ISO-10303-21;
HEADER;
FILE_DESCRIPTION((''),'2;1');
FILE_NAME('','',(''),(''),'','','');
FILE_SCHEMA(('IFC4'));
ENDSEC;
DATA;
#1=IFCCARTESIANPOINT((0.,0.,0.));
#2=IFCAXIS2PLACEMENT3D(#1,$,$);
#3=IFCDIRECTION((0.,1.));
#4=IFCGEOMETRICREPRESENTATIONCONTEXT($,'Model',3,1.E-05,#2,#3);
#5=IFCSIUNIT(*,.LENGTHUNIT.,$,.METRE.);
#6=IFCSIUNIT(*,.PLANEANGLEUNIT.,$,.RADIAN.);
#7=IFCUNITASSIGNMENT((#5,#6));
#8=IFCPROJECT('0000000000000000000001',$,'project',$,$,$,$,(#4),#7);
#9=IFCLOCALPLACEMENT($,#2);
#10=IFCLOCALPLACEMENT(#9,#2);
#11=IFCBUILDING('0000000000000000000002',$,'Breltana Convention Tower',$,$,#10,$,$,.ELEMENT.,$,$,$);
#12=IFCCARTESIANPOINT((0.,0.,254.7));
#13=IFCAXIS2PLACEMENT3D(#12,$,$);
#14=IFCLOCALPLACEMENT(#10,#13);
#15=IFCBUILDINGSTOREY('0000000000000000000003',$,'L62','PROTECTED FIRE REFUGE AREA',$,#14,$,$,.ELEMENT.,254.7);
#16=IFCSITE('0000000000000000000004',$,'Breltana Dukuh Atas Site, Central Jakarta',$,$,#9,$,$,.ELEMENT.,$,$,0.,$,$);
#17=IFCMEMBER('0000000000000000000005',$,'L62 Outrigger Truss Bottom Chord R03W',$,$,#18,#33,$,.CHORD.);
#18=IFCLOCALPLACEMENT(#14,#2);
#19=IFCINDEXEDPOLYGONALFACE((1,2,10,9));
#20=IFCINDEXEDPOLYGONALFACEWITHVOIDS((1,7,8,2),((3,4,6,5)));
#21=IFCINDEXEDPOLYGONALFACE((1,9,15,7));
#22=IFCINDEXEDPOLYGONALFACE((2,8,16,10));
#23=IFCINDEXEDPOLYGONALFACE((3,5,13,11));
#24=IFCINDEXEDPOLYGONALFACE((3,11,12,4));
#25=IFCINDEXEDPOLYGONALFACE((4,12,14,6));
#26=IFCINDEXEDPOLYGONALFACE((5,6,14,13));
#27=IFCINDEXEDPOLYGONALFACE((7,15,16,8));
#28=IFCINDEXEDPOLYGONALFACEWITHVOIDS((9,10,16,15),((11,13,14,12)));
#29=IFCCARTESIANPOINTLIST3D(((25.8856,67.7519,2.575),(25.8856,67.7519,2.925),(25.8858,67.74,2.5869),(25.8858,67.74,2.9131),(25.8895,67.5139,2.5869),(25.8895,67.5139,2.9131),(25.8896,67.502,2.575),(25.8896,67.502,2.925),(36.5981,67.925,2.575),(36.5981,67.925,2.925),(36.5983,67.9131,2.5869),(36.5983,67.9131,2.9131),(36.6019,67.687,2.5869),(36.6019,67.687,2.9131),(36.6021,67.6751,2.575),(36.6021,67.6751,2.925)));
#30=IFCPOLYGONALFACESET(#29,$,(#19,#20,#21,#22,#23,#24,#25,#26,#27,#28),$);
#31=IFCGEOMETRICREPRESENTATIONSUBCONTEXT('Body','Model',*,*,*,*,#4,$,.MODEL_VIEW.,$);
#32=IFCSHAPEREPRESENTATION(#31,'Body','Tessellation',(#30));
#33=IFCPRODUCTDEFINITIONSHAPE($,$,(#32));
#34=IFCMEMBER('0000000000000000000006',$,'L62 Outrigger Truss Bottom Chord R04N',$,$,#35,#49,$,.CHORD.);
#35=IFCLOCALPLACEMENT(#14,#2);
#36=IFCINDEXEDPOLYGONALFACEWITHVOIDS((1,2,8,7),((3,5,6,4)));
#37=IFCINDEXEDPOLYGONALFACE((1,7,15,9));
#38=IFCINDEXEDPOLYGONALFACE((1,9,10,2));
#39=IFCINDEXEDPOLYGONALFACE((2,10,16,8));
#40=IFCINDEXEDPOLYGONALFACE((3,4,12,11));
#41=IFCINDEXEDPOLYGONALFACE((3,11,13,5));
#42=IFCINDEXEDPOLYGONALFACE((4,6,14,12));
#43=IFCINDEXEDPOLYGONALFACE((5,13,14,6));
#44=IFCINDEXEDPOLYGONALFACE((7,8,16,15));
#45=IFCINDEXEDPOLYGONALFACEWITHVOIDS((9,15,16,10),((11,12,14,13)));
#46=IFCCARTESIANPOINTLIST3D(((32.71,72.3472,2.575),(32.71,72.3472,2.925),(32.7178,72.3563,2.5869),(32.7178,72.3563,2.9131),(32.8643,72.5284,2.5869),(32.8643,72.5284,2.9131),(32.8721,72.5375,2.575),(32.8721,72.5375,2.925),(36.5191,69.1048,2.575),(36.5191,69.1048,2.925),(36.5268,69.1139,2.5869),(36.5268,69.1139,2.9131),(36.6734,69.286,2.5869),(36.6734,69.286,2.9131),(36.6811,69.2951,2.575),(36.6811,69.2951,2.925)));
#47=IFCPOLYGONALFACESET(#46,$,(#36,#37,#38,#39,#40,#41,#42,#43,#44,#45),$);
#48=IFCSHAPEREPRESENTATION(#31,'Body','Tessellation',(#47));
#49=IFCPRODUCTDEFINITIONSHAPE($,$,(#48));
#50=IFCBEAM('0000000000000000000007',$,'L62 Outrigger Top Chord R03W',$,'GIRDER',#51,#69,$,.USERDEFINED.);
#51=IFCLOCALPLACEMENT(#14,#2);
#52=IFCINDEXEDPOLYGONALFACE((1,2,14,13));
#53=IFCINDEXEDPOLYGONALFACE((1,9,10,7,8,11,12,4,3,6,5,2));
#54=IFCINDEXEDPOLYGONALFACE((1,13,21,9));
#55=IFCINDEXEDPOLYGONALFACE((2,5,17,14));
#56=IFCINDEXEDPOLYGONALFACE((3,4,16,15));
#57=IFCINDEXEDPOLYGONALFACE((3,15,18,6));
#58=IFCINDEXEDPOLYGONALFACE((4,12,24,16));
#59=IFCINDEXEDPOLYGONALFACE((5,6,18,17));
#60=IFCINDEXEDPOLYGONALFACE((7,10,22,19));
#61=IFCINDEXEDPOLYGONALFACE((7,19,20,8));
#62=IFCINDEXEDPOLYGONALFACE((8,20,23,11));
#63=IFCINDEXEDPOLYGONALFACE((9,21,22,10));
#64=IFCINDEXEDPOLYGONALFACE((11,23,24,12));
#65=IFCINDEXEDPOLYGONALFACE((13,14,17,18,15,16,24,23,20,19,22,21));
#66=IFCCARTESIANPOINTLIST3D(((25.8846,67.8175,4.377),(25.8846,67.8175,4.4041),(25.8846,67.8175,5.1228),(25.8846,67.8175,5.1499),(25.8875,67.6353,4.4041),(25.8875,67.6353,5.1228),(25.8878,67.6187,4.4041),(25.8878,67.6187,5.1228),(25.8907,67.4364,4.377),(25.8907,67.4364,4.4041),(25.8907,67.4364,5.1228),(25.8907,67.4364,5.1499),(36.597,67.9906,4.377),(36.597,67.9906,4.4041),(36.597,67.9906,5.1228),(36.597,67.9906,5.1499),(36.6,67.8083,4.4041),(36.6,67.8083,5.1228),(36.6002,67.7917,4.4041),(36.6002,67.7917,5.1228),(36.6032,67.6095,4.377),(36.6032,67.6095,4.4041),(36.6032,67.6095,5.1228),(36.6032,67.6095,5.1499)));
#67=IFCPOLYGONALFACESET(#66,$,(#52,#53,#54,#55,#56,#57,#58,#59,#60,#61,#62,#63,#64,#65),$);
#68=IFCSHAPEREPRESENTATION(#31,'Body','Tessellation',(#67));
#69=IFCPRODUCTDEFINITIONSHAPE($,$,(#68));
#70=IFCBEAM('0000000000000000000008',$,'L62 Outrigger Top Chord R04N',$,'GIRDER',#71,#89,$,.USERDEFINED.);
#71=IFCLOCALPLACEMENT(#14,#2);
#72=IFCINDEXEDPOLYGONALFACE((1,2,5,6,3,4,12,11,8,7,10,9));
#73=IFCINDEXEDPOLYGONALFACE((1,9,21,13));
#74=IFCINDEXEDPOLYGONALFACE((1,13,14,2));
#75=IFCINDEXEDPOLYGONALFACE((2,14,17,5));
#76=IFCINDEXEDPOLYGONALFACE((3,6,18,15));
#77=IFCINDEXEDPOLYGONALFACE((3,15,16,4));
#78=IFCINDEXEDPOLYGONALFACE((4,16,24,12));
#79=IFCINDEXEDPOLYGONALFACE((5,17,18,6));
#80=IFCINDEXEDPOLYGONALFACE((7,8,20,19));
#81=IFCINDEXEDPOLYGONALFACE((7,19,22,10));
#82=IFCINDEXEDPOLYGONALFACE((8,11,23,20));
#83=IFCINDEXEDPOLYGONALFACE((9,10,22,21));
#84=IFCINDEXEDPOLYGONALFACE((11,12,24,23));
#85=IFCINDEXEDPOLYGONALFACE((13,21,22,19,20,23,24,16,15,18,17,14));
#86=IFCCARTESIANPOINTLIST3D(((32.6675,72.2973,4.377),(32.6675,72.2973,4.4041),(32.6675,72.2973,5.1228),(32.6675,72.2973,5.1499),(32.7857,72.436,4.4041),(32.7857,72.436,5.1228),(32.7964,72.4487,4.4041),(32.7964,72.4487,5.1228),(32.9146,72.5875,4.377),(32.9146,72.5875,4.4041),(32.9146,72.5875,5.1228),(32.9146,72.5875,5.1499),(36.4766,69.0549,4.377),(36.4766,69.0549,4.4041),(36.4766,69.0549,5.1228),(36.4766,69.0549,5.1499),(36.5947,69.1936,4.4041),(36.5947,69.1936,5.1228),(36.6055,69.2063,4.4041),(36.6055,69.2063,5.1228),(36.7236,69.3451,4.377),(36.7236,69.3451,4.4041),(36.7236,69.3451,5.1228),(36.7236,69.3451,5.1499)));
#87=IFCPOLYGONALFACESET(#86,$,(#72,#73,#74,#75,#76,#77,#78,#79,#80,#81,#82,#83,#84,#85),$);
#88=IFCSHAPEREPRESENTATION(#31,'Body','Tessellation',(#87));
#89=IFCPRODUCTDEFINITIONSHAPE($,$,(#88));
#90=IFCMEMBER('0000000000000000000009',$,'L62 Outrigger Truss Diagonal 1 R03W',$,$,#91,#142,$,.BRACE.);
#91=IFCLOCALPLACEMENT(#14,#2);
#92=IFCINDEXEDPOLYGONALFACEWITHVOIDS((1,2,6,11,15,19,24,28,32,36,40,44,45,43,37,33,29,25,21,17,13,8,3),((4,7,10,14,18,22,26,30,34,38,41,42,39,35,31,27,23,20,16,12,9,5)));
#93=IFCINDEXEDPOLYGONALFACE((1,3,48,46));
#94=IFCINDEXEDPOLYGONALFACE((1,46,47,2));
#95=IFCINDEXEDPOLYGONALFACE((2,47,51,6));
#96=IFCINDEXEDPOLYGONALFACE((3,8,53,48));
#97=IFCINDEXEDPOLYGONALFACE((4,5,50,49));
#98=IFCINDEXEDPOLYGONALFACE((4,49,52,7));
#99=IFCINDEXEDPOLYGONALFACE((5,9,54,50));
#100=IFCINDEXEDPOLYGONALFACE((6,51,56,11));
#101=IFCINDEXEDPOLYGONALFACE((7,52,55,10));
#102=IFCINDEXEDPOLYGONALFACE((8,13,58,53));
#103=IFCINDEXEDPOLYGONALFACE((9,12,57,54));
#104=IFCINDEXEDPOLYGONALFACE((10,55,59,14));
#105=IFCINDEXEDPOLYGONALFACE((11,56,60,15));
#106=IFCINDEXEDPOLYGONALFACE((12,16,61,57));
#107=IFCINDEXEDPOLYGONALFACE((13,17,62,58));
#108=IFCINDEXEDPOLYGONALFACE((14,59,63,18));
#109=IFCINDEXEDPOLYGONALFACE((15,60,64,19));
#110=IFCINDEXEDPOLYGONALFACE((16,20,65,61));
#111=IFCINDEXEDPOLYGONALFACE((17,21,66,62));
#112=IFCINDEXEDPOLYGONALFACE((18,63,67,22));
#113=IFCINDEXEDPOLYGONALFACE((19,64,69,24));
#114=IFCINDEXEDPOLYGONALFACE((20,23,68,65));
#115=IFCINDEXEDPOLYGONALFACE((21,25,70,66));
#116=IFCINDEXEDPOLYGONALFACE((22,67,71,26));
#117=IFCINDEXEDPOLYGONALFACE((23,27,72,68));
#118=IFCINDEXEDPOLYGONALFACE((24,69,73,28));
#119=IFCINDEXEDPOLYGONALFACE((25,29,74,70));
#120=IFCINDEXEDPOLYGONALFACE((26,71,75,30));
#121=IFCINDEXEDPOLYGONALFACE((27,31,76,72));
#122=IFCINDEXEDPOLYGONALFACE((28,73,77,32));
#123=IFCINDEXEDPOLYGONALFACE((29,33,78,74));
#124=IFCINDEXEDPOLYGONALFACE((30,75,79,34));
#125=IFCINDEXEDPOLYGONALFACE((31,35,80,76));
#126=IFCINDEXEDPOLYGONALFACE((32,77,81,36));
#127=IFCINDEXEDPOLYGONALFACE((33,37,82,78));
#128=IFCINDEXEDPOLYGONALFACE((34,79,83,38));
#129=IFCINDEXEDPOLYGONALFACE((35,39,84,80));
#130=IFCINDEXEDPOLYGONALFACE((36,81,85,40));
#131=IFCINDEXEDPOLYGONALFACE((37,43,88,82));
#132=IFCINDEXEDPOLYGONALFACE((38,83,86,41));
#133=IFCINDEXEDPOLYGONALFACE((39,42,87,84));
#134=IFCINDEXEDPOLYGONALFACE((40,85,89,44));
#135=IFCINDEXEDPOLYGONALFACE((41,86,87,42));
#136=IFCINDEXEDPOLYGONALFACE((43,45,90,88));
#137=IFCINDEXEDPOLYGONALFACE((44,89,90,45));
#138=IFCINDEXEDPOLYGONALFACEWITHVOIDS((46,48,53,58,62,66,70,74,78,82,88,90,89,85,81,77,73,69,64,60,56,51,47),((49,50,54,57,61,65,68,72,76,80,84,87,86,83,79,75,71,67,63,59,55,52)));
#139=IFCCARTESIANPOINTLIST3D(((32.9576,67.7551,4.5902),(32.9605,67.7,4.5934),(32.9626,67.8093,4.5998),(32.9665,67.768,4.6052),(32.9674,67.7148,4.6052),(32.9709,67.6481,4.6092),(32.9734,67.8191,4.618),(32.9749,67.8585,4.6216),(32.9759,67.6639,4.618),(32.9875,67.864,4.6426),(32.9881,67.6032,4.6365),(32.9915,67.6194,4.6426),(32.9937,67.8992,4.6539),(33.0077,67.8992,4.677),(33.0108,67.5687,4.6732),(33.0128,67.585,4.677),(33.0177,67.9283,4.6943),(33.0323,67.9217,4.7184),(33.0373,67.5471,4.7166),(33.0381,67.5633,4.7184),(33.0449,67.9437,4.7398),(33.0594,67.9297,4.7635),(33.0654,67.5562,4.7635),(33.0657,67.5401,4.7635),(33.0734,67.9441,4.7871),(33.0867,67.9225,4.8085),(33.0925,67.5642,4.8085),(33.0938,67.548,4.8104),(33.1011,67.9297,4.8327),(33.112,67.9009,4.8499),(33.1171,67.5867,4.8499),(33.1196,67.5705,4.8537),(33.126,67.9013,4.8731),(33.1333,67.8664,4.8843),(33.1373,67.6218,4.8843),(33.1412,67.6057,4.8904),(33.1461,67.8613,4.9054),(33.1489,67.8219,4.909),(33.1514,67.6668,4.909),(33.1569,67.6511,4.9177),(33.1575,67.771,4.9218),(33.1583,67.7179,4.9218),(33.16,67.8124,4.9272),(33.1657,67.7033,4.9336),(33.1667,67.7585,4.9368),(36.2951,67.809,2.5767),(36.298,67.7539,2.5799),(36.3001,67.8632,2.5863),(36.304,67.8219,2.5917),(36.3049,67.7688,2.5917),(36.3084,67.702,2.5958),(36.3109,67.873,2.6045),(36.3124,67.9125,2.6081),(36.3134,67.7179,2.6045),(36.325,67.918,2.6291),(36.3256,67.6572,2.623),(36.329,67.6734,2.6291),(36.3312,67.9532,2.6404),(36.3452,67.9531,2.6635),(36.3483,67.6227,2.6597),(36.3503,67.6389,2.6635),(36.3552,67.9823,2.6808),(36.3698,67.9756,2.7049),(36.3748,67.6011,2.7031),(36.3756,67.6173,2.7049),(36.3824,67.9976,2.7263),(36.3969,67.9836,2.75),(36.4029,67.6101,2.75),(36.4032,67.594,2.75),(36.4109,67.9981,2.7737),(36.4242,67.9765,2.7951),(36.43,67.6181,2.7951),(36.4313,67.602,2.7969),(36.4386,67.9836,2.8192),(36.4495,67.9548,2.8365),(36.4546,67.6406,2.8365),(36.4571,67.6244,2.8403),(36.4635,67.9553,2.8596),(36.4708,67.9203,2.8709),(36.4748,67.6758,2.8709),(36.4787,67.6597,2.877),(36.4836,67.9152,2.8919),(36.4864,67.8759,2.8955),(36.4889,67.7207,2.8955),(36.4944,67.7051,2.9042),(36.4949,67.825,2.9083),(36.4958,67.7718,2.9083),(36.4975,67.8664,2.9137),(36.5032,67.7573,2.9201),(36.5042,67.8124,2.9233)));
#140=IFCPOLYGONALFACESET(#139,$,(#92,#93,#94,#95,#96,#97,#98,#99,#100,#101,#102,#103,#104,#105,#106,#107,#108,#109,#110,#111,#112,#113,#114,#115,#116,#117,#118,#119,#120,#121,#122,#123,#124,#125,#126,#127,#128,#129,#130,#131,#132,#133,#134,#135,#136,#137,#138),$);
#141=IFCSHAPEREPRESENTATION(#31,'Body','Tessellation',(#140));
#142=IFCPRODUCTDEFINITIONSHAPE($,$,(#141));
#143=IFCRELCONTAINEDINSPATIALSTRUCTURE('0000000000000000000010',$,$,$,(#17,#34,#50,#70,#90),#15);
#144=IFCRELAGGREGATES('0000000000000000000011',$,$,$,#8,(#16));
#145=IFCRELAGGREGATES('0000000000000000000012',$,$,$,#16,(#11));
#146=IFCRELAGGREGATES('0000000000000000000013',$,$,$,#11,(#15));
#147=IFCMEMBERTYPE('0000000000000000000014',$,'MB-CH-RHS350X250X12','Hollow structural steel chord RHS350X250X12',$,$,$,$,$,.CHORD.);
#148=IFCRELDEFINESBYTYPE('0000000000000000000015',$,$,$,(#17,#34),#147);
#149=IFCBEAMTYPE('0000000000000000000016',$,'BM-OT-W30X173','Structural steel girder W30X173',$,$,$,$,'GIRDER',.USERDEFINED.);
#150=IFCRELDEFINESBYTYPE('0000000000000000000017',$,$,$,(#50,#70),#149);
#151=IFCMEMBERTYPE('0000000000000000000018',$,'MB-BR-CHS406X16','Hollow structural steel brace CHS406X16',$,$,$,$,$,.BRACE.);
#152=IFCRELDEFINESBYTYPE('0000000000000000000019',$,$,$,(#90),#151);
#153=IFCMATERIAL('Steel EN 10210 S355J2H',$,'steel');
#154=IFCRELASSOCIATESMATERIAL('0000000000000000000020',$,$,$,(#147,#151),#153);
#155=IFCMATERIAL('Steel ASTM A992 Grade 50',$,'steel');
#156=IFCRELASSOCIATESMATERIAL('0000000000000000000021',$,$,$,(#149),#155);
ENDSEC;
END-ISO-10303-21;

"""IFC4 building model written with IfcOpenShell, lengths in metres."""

from ifc_helpers import new_model, si_unit, direction, frame, origin, origin_2d, place, context, subcontext, project, spatial, hollow_rectangle, hollow_circle, i_section, extrude, source, transform, mapped, material, material_profile, profile_set, type_object, type_shapes, element, save


model = new_model("IFC4")

# Units and contexts
model_context = context("Model", 3, precision=1e-05, world=origin(), true_north=direction((0.0, 1.0)))
body_context = subcontext(model_context, "Body", "Model", "MODEL_VIEW")
ifc_project = project(units=[si_unit("LENGTHUNIT", "METRE"), si_unit("PLANEANGLEUNIT", "RADIAN")], contexts=[model_context])

# Site, building, storey
site_placement = place(None, origin())
site = spatial("IfcSite", under=ifc_project, at=site_placement, Name="Breltana Dukuh Atas Site, Central Jakarta", CompositionType="ELEMENT", RefElevation=0.0)
building_placement = place(site_placement, origin())
building = spatial("IfcBuilding", under=site, at=building_placement, Name="Breltana Convention Tower", CompositionType="ELEMENT")
storey_placement = place(building_placement, frame((0.0, 0.0, 254.7)))
storey = spatial("IfcBuildingStorey", under=building, at=storey_placement, Name="L62", Description="PROTECTED FIRE REFUGE AREA", CompositionType="ELEMENT", Elevation=254.7)

# Members
ifc_material_1 = material(Name="Steel EN 10210 S355J2H", Category="steel")
ifc_material_profile_1 = material_profile(ifc_material_1, hollow_rectangle(XDim=0.25, YDim=0.3501, WallThickness=0.012, at=origin_2d()), Name="RHS350X250X12")
ifc_profile_set_1 = profile_set([ifc_material_profile_1], Name="Steel EN 10210 S355J2H")
member_type_1 = type_object("IfcMemberType", Name="MB-CH-RHS350X250X12", Description="Hollow structural steel chord RHS350X250X12", PredefinedType="CHORD", material=ifc_profile_set_1)
shared_shape_1 = source(origin(), body_context, "Body", "SweptSolid", [
    extrude(hollow_rectangle(XDim=0.25, YDim=0.3501, WallThickness=0.012, at=origin_2d()), origin(), (0.0, 0.0, 1.0), 10.7139),
])
type_shapes(member_type_1, [shared_shape_1])
member_1_placement = place(storey_placement, frame((36.6001, 67.8, 2.75), z_axis=(-0.999869, -0.016156, 0.0), x_axis=(0.016156, -0.999869, 0.0)))
element("IfcMember", 1, at=member_1_placement, inside=storey, type_object=member_type_1, Name="L62 Outrigger Truss Bottom Chord R03W", PredefinedType="CHORD", context=body_context, shape_type="MappedRepresentation", body=[
    mapped(shared_shape_1, transform((0.0, 0.0, 0.0), scale=1.0)),
])
shared_shape_2 = source(origin(), body_context, "Body", "SweptSolid", [
    extrude(hollow_rectangle(XDim=0.25, YDim=0.3501, WallThickness=0.012, at=origin_2d()), origin(), (0.0, 0.0, 1.0), 5.0022),
])
member_2_placement = place(storey_placement, frame((36.6001, 69.2, 2.75), z_axis=(-0.761474, 0.648195, 0.0), x_axis=(-0.648195, -0.761474, 0.0)))
element("IfcMember", 2, at=member_2_placement, inside=storey, type_object=member_type_1, Name="L62 Outrigger Truss Bottom Chord R04N", PredefinedType="CHORD", context=body_context, shape_type="MappedRepresentation", body=[
    mapped(shared_shape_2, transform((0.0, 0.0, 0.0), scale=1.0)),
])

# Beams
ifc_material_2 = material(Name="Steel ASTM A992 Grade 50", Category="steel")
ifc_material_profile_2 = material_profile(ifc_material_2, i_section(OverallWidth=0.3811, OverallDepth=0.7729, WebThickness=0.0166, FlangeThickness=0.0271, at=origin_2d()), Name="W30X173")
ifc_profile_set_2 = profile_set([ifc_material_profile_2], Name="Steel ASTM A992 Grade 50")
beam_type = type_object("IfcBeamType", Name="BM-OT-W30X173", Description="Structural steel girder W30X173", ElementType="GIRDER", PredefinedType="USERDEFINED", material=ifc_profile_set_2)
shared_shape_3 = source(origin(), body_context, "Body", "SweptSolid", [
    extrude(i_section(OverallWidth=0.3811, OverallDepth=0.7729, WebThickness=0.0166, FlangeThickness=0.0271, at=origin_2d()), origin(), (0.0, 0.0, 1.0), 10.7139),
])
type_shapes(beam_type, [shared_shape_3])
beam_1_placement = place(storey_placement, frame((36.6001, 67.8, 4.7634), z_axis=(-0.999869, -0.016156, 0.0), x_axis=(0.016156, -0.999869, 0.0)))
element("IfcBeam", 3, at=beam_1_placement, inside=storey, type_object=beam_type, Name="L62 Outrigger Top Chord R03W", ObjectType="GIRDER", PredefinedType="USERDEFINED", context=body_context, shape_type="MappedRepresentation", body=[
    mapped(shared_shape_3, transform((0.0, 0.0, 0.0), scale=1.0)),
])
shared_shape_4 = source(origin(), body_context, "Body", "SweptSolid", [
    extrude(i_section(OverallWidth=0.3811, OverallDepth=0.7729, WebThickness=0.0166, FlangeThickness=0.0271, at=origin_2d()), origin(), (0.0, 0.0, 1.0), 5.0022),
])
beam_2_placement = place(storey_placement, frame((36.6001, 69.2, 4.7634), z_axis=(-0.761474, 0.648195, 0.0), x_axis=(-0.648195, -0.761474, 0.0)))
element("IfcBeam", 4, at=beam_2_placement, inside=storey, type_object=beam_type, Name="L62 Outrigger Top Chord R04N", ObjectType="GIRDER", PredefinedType="USERDEFINED", context=body_context, shape_type="MappedRepresentation", body=[
    mapped(shared_shape_4, transform((0.0, 0.0, 0.0), scale=1.0)),
])

# Member
ifc_material_profile_3 = material_profile(ifc_material_1, hollow_circle(Radius=0.2029, WallThickness=0.0161, at=origin_2d()), Name="CHS406X16")
ifc_profile_set_3 = profile_set([ifc_material_profile_3], Name="Steel EN 10210 S355J2H")
member_type_2 = type_object("IfcMemberType", Name="MB-BR-CHS406X16", Description="Hollow structural steel brace CHS406X16", PredefinedType="BRACE", material=ifc_profile_set_3)
shared_shape_5 = source(origin(), body_context, "Body", "SweptSolid", [
    extrude(hollow_circle(Radius=0.2029, WallThickness=0.0161, at=origin_2d()), origin(), (0.0, 0.0, 1.0), 3.8982),
])
member_3_placement = place(storey_placement, frame((36.3999, 67.7969, 2.75), z_axis=(-0.856165, -0.013841, 0.516517), x_axis=(0.016165, -0.999869, 0.0)))
element("IfcMember", 5, at=member_3_placement, inside=storey, type_object=member_type_2, Name="L62 Outrigger Truss Diagonal 1 R03W", PredefinedType="BRACE", context=body_context, shape_type="MappedRepresentation", body=[
    mapped(shared_shape_5, transform((0.0, 0.0, 0.0), scale=1.0)),
])

save(model, "model.ifc")
